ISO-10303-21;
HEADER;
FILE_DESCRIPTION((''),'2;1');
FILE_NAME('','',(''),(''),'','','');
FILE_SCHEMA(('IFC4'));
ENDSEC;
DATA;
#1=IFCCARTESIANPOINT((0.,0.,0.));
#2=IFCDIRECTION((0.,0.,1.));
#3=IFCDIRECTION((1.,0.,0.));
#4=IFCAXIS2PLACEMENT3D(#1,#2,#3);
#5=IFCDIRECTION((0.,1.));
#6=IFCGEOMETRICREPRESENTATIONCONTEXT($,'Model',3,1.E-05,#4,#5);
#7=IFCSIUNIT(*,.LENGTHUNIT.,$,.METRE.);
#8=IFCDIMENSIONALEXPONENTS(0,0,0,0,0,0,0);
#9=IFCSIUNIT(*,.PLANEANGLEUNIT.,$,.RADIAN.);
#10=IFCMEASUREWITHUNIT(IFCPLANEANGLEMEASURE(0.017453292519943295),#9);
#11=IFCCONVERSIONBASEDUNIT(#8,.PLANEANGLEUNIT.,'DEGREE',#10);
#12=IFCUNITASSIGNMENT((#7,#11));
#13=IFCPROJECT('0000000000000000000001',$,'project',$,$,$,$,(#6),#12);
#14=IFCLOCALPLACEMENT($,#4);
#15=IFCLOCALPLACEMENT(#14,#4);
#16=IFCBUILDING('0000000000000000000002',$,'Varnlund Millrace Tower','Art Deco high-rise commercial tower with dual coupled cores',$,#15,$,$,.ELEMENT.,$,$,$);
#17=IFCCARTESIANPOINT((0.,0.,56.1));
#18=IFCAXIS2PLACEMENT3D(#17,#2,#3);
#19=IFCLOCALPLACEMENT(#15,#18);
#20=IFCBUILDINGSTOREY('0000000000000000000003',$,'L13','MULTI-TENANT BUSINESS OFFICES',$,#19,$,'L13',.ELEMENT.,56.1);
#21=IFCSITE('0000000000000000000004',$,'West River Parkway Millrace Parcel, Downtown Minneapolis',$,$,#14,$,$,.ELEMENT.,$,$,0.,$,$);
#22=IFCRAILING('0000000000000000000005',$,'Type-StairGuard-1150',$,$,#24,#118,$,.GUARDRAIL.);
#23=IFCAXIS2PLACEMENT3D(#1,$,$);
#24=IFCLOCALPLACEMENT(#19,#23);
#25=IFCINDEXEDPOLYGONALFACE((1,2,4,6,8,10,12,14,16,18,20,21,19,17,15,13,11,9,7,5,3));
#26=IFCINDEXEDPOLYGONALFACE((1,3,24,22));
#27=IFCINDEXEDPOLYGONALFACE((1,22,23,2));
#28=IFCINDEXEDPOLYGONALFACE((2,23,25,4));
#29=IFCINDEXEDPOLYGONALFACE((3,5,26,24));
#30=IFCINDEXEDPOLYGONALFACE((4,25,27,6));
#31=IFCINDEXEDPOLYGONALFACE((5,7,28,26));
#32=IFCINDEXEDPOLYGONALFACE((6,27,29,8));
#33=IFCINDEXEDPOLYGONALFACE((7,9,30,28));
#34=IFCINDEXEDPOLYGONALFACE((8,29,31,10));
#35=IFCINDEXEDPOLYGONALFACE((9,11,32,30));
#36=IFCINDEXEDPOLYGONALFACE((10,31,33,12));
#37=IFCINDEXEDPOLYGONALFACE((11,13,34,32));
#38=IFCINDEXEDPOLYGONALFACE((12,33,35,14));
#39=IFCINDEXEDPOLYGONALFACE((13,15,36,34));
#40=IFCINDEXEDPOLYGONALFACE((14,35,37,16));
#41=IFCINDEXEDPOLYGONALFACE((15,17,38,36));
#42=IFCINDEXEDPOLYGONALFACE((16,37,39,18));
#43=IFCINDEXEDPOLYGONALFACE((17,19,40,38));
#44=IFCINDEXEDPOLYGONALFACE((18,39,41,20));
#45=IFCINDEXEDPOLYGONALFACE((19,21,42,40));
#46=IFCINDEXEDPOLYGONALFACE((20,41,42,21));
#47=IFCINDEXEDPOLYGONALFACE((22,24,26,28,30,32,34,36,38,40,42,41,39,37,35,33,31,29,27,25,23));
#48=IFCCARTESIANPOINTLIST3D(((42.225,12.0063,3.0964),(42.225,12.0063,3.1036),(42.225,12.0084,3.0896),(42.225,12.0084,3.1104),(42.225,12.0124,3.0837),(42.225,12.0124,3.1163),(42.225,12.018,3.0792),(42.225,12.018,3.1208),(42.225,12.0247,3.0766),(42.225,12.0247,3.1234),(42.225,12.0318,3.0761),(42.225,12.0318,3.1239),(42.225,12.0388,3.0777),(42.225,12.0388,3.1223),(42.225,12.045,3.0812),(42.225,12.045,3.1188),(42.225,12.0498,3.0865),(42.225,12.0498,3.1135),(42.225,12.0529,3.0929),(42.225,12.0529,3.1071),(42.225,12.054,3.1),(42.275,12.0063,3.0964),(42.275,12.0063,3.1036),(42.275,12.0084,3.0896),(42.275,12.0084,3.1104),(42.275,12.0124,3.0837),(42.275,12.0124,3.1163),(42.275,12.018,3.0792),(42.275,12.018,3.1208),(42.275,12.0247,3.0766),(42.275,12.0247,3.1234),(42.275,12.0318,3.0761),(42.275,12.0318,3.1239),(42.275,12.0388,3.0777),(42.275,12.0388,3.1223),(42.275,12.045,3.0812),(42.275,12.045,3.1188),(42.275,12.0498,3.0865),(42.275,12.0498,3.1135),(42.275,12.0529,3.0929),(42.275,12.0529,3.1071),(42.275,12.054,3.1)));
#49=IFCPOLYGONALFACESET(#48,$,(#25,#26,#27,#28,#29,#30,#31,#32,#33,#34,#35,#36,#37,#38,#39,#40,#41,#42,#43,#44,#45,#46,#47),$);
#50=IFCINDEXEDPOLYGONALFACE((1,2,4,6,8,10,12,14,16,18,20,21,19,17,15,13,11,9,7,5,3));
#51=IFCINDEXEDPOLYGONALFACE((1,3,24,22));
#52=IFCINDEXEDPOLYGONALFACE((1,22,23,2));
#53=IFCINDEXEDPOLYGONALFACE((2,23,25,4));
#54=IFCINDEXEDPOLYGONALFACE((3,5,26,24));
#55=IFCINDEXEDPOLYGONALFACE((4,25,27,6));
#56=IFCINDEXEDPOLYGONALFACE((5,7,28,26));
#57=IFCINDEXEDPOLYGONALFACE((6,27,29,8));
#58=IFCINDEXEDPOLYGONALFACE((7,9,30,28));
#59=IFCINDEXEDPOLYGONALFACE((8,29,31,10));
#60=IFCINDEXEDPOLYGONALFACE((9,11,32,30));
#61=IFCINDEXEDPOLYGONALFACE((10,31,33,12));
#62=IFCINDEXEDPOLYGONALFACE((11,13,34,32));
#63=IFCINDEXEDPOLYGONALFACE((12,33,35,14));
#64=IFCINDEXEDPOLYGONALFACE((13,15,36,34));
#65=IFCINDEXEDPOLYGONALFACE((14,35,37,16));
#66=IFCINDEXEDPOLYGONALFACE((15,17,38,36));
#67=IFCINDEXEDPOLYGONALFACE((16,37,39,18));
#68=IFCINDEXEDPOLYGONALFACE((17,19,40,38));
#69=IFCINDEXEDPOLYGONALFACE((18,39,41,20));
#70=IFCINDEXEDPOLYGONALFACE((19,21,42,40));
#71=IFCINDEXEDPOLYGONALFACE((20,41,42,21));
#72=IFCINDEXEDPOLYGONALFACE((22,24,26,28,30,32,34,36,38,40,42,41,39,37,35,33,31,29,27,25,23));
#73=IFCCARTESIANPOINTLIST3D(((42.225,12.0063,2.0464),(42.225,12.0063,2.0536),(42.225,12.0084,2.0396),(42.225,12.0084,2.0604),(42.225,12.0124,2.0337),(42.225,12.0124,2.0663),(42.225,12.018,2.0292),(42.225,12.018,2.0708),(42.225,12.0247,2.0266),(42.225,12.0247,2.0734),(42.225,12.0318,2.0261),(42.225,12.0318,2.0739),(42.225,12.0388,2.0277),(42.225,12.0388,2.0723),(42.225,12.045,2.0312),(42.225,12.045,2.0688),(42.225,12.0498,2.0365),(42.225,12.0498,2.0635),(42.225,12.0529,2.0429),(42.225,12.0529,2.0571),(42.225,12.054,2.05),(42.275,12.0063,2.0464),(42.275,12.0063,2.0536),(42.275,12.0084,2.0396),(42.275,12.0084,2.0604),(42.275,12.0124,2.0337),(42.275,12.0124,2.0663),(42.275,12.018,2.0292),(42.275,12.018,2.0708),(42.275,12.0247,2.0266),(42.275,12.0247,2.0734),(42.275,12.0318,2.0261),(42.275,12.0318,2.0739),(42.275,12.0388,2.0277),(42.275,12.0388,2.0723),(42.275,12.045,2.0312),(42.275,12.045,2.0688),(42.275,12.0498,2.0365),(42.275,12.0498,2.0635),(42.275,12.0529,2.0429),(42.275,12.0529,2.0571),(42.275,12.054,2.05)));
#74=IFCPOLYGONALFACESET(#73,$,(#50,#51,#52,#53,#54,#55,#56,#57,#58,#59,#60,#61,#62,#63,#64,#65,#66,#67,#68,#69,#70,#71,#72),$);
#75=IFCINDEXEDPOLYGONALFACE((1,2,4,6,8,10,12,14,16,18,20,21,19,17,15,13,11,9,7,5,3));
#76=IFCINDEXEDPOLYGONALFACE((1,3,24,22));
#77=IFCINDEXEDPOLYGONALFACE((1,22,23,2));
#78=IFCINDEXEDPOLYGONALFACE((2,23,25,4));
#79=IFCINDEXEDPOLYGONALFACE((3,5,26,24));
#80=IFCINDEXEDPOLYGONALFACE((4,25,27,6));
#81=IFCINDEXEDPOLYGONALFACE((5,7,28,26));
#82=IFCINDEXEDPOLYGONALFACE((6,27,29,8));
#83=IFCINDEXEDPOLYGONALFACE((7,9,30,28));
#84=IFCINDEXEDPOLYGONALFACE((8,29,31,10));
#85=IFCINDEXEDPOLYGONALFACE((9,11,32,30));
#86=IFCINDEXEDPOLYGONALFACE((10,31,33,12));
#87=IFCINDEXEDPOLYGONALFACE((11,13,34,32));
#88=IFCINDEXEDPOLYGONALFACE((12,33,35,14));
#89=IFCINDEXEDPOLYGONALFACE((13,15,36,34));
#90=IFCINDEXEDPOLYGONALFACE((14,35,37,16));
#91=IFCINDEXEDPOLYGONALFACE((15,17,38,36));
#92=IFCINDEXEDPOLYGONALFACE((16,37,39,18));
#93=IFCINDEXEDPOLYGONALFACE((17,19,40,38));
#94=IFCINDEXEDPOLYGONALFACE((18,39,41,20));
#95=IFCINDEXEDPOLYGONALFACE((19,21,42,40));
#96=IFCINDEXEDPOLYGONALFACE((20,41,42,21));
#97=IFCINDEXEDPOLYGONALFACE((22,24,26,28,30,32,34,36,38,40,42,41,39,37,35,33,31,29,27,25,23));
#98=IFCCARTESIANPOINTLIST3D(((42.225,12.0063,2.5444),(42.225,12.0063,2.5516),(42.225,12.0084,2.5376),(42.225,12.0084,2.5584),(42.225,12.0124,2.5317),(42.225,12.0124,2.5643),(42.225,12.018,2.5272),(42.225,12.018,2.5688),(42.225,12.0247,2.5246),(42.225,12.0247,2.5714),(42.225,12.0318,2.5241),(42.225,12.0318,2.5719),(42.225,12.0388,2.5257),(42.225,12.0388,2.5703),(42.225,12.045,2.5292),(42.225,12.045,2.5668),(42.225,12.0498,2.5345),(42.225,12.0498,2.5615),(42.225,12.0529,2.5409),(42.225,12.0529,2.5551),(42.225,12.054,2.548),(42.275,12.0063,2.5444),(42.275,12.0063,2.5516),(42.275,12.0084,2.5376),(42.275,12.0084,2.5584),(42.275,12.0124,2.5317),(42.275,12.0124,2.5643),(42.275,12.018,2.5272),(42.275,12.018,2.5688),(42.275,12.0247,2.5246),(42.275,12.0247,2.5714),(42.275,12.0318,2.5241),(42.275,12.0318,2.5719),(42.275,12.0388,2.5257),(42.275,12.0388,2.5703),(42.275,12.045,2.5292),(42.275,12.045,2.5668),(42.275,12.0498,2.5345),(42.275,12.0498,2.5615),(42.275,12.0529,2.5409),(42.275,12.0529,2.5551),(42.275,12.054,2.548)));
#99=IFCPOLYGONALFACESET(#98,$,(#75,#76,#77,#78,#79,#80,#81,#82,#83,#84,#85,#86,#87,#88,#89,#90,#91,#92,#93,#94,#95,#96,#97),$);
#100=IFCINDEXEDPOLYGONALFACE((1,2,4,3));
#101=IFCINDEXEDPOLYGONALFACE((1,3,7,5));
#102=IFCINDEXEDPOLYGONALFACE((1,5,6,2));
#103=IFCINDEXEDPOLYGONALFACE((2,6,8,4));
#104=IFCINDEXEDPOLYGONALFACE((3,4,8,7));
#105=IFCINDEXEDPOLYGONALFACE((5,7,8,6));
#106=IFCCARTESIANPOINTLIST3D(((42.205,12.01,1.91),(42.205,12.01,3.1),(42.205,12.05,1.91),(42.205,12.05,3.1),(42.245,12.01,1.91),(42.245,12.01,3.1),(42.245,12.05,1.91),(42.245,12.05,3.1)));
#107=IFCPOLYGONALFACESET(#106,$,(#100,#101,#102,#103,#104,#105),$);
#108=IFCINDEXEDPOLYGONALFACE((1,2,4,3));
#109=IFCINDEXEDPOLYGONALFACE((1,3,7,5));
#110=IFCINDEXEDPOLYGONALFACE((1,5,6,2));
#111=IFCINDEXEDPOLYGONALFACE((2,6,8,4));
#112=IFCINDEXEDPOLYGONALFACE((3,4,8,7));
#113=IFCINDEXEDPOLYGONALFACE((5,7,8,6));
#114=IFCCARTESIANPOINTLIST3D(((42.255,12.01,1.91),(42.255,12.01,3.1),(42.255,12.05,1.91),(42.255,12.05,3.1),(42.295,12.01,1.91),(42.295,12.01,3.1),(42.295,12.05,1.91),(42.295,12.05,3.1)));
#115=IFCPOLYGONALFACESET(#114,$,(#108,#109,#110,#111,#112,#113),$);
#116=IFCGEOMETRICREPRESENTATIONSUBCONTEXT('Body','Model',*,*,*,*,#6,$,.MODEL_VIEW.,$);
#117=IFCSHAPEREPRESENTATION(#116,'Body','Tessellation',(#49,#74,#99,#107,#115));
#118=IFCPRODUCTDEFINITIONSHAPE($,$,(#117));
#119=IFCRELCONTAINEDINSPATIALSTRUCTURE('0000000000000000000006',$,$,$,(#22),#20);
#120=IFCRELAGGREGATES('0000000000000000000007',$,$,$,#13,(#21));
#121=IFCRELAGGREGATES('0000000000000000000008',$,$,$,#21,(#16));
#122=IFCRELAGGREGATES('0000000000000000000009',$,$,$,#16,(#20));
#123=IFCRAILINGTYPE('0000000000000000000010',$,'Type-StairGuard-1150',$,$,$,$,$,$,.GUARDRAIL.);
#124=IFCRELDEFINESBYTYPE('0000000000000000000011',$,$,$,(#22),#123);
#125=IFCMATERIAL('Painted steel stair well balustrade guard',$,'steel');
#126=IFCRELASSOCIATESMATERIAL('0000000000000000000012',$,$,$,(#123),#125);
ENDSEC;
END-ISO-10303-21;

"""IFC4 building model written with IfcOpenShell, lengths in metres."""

from ifc_helpers import new_model, entity, si_unit, converted_unit, direction, frame, origin_with_axes, origin_2d_with_axis, place, context, subcontext, project, spatial, rectangle, circle, extrude, material, type_object, element, save


model = new_model("IFC4")

# Units and contexts
model_context = context("Model", 3, precision=1e-05, world=origin_with_axes(), true_north=direction((0.0, 1.0)))
body_context = subcontext(model_context, "Body", "Model", "MODEL_VIEW")
ifc_project = project(units=[si_unit("LENGTHUNIT", "METRE"), converted_unit("PLANEANGLEUNIT", "DEGREE", entity("IfcPlaneAngleMeasure", 0.017453292519943295), si_unit("PLANEANGLEUNIT", "RADIAN"), dimensions=[0, 0, 0, 0, 0, 0, 0])], contexts=[model_context])

# Site, building, storey
site_placement = place(None, origin_with_axes())
site = spatial("IfcSite", under=ifc_project, at=site_placement, Name="West River Parkway Millrace Parcel, Downtown Minneapolis", CompositionType="ELEMENT", RefElevation=0.0)
building_placement = place(site_placement, origin_with_axes())
building = spatial("IfcBuilding", under=site, at=building_placement, Name="Varnlund Millrace Tower", Description="Art Deco high-rise commercial tower with dual coupled cores", CompositionType="ELEMENT")
storey_placement = place(building_placement, frame((0.0, 0.0, 56.1), z_axis=(0.0, 0.0, 1.0), x_axis=(1.0, 0.0, 0.0)))
storey = spatial("IfcBuildingStorey", under=building, at=storey_placement, Name="L13", Description="MULTI-TENANT BUSINESS OFFICES", LongName="L13", CompositionType="ELEMENT", Elevation=56.1)

# Railing
ifc_material_1 = material(Name="Painted steel stair well balustrade guard", Category="steel")
railing_type_1 = type_object("IfcRailingType", Name="Type-StairGuard-1150", PredefinedType="GUARDRAIL", material=ifc_material_1)
railing_1_placement = place(storey_placement, frame((0.0, 0.0, -56.1), z_axis=(0.0, 0.0, 1.0), x_axis=(1.0, 0.0, 0.0)))
element("IfcRailing", 1, at=railing_1_placement, inside=storey, type_object=railing_type_1, Name="Type-StairGuard-1150", PredefinedType="GUARDRAIL", context=body_context, shape_type="SweptSolid", body=[
    extrude(circle(Radius=0.024, at=origin_2d_with_axis()), frame((42.225, 12.03, 59.2), z_axis=(1.0, 0.0, 0.0), x_axis=(0.0, 1.0, 0.0)), (0.0, 0.0, 1.0), 0.05),
    extrude(circle(Radius=0.024, at=origin_2d_with_axis()), frame((42.225, 12.03, 58.15), z_axis=(1.0, 0.0, 0.0), x_axis=(0.0, 1.0, 0.0)), (0.0, 0.0, 1.0), 0.05),
    extrude(circle(Radius=0.024, at=origin_2d_with_axis()), frame((42.225, 12.03, 58.648), z_axis=(1.0, 0.0, 0.0), x_axis=(0.0, 1.0, 0.0)), (0.0, 0.0, 1.0), 0.05),
    extrude(rectangle(XDim=0.04, YDim=0.04, at=origin_2d_with_axis()), frame((42.225, 12.03, 58.01), z_axis=(0.0, 0.0, 1.0), x_axis=(1.0, 0.0, 0.0)), (0.0, 0.0, 1.0), 1.19),
    extrude(rectangle(XDim=0.04, YDim=0.04, at=origin_2d_with_axis()), frame((42.275, 12.03, 58.01), z_axis=(0.0, 0.0, 1.0), x_axis=(1.0, 0.0, 0.0)), (0.0, 0.0, 1.0), 1.19),
])

save(model, "model.ifc")
